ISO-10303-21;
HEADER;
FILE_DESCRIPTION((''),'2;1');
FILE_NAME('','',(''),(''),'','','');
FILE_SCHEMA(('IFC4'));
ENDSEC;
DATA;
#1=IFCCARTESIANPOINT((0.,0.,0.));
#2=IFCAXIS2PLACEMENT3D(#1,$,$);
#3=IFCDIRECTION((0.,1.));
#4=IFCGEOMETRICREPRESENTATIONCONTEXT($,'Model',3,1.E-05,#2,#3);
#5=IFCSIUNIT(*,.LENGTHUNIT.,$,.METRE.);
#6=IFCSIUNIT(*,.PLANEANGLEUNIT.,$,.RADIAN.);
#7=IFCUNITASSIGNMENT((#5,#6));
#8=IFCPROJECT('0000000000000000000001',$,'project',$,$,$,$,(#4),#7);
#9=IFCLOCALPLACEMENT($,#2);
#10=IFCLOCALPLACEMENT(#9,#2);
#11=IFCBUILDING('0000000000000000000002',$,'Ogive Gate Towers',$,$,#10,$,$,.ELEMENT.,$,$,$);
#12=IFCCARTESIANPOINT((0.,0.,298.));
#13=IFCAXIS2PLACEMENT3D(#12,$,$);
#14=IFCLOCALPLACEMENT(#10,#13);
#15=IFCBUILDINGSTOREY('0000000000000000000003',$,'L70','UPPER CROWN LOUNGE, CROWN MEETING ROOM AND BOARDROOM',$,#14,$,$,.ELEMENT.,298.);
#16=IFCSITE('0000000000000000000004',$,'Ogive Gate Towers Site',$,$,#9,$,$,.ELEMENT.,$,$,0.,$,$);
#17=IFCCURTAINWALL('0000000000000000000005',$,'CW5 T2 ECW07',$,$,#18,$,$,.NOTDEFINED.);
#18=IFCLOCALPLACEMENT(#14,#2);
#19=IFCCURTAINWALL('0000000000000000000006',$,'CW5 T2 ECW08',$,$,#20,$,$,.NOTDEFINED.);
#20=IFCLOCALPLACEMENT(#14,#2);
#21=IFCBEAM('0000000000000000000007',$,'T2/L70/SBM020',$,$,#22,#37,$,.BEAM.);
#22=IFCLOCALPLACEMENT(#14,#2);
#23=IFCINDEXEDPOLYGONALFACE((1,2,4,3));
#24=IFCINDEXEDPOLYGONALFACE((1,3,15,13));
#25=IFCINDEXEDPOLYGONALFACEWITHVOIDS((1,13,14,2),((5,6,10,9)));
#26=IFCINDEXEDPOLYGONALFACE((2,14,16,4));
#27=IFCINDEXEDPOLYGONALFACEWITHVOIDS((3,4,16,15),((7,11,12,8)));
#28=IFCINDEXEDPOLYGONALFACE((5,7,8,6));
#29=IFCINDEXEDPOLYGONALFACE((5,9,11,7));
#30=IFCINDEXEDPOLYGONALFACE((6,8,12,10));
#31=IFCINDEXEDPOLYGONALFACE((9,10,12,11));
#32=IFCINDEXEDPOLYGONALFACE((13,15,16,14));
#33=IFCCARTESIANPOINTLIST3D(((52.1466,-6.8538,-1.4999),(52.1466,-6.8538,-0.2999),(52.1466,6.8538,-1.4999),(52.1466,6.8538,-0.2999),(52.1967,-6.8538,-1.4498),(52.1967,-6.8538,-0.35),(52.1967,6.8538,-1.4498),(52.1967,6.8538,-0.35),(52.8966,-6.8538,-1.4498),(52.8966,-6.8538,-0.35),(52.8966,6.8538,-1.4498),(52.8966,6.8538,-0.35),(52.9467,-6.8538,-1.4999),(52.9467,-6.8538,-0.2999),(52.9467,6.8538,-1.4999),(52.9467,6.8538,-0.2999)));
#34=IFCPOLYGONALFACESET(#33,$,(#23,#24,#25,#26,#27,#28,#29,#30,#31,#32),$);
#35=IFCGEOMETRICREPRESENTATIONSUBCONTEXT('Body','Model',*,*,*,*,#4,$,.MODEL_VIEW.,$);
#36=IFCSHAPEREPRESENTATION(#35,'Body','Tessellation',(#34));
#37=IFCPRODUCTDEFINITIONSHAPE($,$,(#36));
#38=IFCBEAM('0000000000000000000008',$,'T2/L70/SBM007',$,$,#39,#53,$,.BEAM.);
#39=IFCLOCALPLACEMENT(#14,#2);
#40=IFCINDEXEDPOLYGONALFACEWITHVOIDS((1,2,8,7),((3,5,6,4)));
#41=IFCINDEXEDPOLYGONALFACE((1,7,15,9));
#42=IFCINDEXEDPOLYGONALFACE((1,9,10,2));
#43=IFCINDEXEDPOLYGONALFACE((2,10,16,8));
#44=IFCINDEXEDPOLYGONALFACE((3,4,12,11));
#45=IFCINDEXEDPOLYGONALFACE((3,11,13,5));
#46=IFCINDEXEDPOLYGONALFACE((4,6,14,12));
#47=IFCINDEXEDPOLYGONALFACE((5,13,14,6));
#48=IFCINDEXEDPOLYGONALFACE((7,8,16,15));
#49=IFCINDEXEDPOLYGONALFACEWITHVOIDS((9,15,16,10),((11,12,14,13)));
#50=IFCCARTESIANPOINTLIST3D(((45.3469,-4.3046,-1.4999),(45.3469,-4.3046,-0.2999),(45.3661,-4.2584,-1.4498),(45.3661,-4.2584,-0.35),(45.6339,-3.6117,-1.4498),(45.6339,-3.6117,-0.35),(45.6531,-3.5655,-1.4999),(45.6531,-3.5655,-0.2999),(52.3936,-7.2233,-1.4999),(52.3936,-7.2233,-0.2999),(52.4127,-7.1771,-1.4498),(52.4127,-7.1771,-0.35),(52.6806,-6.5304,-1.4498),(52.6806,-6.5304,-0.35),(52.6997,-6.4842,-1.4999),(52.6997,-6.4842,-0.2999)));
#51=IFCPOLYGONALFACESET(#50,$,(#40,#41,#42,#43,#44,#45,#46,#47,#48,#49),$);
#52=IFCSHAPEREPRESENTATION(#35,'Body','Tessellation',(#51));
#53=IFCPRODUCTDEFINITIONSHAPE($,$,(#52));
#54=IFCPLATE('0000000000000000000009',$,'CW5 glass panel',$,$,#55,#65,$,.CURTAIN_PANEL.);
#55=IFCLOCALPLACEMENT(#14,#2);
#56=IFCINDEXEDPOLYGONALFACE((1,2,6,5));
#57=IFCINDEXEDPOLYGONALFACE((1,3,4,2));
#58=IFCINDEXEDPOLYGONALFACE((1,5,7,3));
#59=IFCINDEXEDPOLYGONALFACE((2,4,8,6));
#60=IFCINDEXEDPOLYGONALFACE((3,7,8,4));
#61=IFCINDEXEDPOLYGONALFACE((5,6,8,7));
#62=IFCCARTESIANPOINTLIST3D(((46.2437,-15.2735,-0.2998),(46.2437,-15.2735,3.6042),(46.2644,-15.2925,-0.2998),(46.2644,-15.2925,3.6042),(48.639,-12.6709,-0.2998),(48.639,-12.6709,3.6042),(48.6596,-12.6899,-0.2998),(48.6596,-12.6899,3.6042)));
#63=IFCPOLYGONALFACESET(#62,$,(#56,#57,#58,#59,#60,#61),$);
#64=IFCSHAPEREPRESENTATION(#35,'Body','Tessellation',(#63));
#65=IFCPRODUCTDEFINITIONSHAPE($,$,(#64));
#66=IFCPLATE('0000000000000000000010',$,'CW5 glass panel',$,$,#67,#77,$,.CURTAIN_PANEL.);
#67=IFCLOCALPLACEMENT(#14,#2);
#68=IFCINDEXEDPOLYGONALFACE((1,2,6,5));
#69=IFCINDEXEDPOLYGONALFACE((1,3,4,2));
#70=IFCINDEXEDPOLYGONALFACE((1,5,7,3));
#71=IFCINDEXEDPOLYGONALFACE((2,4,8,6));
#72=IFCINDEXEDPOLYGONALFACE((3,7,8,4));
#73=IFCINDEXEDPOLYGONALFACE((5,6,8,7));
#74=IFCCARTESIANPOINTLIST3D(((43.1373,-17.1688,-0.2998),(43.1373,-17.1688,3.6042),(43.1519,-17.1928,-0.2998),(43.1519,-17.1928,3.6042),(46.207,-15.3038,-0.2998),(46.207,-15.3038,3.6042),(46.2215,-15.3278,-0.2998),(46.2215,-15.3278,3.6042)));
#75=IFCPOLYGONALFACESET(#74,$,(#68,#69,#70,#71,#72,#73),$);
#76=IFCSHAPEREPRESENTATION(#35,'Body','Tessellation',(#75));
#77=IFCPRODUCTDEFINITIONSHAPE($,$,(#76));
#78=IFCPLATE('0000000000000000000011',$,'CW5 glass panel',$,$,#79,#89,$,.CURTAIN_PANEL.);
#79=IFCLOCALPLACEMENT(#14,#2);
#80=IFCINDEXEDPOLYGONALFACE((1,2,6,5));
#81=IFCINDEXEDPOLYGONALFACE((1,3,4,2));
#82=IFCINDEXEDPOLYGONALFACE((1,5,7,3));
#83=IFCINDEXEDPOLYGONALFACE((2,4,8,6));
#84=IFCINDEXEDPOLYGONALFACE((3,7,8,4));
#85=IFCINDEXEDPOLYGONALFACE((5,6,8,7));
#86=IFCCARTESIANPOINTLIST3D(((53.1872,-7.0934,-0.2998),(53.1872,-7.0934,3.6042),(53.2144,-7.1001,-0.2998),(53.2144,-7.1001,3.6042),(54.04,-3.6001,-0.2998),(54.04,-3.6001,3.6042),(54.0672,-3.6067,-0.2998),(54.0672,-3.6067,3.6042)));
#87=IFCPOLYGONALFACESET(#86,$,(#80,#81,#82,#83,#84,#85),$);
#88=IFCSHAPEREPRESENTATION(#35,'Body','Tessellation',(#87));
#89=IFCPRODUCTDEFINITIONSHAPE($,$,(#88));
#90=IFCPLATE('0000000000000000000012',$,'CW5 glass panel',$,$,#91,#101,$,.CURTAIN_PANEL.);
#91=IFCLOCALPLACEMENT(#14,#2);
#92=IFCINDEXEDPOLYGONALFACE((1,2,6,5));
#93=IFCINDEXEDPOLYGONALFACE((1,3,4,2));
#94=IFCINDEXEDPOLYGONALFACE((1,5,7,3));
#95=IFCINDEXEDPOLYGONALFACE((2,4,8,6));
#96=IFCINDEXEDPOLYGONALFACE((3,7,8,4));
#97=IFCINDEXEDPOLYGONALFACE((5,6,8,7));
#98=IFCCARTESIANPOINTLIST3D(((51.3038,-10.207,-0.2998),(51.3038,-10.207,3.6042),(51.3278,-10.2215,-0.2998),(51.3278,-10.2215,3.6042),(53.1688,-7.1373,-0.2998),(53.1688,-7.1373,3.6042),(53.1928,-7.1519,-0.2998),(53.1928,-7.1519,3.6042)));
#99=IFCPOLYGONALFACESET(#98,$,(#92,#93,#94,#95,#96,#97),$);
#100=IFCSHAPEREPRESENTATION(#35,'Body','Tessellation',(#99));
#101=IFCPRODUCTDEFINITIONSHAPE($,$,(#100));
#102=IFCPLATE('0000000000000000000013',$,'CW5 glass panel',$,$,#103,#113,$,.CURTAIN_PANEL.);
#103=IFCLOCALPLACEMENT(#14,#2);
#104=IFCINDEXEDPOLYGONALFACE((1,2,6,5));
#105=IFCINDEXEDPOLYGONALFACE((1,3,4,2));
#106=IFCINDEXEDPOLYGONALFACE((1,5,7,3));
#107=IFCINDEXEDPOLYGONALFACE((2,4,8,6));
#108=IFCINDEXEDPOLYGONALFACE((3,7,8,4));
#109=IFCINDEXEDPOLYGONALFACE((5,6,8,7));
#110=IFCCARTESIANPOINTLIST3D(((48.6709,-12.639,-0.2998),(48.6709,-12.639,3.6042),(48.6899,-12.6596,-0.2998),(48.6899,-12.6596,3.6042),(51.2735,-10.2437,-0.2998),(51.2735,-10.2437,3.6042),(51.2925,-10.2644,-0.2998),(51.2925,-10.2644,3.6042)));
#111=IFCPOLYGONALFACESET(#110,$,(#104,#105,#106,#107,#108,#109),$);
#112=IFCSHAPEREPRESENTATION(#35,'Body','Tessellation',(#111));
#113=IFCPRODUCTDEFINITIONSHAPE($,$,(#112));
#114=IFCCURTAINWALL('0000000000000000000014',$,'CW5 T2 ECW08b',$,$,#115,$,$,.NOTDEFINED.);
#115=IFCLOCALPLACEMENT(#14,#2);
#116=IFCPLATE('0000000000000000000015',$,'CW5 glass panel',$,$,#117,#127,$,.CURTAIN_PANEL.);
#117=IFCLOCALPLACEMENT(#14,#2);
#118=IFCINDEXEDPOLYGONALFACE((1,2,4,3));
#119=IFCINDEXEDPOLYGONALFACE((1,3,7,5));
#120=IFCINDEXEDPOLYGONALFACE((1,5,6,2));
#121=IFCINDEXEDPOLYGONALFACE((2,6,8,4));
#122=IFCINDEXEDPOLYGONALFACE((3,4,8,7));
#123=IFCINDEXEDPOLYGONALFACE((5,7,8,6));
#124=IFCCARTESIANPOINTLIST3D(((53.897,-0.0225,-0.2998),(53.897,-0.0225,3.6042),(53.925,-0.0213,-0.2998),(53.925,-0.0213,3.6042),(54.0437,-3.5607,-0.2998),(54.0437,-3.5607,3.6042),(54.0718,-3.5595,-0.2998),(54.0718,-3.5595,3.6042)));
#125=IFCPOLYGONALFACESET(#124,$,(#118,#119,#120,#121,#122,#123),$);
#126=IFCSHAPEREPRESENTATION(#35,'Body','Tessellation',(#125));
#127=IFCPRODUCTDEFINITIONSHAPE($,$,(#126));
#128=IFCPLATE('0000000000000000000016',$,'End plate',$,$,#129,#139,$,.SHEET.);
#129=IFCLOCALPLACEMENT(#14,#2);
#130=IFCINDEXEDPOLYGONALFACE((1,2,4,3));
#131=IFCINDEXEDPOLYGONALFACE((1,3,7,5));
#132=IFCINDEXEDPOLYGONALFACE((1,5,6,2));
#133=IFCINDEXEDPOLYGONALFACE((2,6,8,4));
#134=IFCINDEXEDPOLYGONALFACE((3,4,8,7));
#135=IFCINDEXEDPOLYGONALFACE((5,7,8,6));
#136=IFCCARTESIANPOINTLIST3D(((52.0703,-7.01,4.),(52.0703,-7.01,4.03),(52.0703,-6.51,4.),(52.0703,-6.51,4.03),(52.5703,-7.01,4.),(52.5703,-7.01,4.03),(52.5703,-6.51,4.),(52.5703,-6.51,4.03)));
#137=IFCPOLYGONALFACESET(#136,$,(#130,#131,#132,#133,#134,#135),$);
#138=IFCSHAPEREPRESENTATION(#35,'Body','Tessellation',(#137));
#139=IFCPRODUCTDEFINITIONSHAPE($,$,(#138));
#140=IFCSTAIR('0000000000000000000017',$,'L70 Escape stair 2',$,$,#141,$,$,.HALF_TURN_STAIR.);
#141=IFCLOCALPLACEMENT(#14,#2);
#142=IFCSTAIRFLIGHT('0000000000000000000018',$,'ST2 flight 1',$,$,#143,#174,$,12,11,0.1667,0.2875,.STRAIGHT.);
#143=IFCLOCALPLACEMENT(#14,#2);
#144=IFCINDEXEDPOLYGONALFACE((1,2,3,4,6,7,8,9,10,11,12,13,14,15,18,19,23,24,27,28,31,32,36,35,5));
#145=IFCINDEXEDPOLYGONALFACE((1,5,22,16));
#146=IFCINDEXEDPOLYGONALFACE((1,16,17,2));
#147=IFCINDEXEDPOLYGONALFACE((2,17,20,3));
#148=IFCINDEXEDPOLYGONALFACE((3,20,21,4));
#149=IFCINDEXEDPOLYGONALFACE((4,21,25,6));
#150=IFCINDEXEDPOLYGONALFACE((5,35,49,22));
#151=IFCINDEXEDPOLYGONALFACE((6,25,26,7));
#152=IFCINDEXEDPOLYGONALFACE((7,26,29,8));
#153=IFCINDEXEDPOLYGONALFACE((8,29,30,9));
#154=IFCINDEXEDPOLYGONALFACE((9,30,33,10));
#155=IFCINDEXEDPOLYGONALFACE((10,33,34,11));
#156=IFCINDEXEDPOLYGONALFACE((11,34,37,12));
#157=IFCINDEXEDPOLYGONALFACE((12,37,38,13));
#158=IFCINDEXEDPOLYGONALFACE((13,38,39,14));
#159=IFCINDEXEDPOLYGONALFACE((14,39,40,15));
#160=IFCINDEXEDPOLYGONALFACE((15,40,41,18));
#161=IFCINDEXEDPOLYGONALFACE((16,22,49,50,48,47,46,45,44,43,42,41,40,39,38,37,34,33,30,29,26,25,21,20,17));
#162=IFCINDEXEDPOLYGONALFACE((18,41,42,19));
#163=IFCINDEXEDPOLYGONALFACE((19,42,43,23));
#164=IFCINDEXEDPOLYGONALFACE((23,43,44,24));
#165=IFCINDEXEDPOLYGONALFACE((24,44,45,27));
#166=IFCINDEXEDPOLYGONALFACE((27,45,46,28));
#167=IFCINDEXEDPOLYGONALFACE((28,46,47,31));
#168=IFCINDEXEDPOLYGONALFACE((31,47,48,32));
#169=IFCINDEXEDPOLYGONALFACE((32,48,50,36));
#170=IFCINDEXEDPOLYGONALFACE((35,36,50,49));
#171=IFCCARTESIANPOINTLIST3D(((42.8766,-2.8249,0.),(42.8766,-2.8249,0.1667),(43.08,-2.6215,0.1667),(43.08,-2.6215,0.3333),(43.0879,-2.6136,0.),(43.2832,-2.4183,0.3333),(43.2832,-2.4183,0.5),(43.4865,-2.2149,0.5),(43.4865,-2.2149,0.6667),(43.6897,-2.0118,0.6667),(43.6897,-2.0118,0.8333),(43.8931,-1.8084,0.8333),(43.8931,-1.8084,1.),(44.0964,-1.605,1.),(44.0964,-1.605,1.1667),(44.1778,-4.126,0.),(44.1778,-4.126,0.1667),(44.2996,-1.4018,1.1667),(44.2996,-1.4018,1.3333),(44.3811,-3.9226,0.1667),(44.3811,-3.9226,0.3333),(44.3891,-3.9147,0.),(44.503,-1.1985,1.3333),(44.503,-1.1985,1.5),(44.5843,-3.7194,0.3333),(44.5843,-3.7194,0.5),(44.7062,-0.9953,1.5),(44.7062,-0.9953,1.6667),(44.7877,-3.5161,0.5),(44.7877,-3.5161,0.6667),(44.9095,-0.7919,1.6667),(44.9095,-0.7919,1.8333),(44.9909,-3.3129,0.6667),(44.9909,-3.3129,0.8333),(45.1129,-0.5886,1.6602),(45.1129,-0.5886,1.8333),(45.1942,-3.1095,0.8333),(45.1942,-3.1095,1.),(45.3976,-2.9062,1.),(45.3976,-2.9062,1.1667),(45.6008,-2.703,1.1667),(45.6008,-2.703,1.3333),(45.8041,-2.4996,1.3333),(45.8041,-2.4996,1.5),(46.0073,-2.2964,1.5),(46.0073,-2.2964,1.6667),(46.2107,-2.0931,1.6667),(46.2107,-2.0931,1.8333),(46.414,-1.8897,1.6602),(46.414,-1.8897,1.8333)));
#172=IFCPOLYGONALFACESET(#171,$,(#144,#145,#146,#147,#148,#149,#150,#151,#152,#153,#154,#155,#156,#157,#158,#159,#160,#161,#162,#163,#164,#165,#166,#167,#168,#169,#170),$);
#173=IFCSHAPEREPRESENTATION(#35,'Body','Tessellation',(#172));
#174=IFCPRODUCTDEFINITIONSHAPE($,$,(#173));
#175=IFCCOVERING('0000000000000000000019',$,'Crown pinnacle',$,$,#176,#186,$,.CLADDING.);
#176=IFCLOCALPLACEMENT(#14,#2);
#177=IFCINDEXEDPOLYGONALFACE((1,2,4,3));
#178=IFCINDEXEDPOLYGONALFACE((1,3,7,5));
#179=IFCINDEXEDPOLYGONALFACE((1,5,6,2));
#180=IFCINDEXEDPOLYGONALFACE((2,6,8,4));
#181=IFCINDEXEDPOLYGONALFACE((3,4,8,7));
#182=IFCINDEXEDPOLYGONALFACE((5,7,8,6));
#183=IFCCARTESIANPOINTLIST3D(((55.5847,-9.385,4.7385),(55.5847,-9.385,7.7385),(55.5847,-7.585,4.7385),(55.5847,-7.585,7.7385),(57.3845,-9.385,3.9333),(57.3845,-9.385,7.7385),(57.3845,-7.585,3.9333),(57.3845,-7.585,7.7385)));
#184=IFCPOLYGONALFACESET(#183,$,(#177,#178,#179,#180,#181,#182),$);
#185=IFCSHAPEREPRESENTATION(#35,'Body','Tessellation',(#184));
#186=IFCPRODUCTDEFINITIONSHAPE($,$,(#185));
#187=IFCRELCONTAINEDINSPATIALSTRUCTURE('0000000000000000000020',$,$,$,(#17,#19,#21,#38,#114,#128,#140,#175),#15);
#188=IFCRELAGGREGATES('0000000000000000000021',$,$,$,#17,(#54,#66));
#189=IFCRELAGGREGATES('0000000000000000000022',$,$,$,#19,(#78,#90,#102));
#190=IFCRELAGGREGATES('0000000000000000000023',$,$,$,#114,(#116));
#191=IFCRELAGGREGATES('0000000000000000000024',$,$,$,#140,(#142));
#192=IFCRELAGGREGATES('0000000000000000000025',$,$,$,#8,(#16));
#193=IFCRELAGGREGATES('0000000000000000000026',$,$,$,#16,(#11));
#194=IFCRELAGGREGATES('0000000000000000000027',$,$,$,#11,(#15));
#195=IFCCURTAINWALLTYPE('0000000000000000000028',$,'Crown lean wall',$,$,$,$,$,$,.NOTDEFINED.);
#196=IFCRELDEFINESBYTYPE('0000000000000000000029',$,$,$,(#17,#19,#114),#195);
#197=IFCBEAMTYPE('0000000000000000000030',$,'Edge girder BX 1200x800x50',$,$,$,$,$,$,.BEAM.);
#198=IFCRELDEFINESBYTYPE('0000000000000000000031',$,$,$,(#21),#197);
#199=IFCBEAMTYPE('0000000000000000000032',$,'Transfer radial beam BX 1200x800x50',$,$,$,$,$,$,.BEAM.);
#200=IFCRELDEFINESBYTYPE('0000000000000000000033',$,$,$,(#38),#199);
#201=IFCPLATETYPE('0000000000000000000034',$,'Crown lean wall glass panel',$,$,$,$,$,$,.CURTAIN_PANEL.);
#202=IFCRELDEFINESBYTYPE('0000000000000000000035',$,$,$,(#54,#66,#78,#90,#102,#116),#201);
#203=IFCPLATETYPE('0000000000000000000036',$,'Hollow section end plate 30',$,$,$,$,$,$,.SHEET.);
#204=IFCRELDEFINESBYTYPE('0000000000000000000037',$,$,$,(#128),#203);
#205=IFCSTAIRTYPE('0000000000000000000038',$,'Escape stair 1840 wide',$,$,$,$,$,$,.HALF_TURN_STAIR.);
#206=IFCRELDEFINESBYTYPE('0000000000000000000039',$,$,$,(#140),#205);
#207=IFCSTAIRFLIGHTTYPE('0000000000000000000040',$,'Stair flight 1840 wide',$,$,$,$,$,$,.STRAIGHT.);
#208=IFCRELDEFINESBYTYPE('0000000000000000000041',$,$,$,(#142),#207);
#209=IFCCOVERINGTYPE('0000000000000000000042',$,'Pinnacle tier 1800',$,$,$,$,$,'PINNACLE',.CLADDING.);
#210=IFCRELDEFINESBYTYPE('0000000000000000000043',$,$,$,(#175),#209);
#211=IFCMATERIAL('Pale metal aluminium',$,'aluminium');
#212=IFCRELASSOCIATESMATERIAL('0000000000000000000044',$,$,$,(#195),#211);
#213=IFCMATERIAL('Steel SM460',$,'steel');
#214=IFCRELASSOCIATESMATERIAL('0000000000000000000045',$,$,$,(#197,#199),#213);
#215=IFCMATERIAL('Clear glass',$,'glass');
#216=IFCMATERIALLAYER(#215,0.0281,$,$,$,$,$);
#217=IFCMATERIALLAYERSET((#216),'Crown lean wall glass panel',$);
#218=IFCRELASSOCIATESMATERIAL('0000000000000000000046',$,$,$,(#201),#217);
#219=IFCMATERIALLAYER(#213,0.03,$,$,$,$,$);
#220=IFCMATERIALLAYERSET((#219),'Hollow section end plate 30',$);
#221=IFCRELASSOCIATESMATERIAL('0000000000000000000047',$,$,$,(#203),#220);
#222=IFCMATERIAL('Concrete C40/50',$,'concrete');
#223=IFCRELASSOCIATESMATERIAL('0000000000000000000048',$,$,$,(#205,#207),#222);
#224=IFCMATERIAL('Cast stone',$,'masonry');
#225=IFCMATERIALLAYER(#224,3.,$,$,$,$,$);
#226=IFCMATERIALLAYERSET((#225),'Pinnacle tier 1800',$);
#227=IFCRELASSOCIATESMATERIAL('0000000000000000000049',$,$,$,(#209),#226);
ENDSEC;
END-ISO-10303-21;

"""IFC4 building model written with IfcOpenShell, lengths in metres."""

from ifc_helpers import new_model, si_unit, direction, frame, origin, origin_2d, place, context, subcontext, project, spatial, polyline, rectangle, hollow_rectangle, outline, extrude, material, layer, layer_set, material_profile, profile_set, type_object, element, aggregate, save


model = new_model("IFC4")

# Units and contexts
model_context = context("Model", 3, precision=1e-05, world=origin(), true_north=direction((0.0, 1.0)))
body_context = subcontext(model_context, "Body", "Model", "MODEL_VIEW")
ifc_project = project(units=[si_unit("LENGTHUNIT", "METRE"), si_unit("PLANEANGLEUNIT", "RADIAN")], contexts=[model_context])

# Site, building, storey
site_placement = place(None, origin())
site = spatial("IfcSite", under=ifc_project, at=site_placement, Name="Ogive Gate Towers Site", CompositionType="ELEMENT", RefElevation=0.0)
building_placement = place(site_placement, origin())
building = spatial("IfcBuilding", under=site, at=building_placement, Name="Ogive Gate Towers", CompositionType="ELEMENT")
storey_placement = place(building_placement, frame((0.0, 0.0, 298.0)))
storey = spatial("IfcBuildingStorey", under=building, at=storey_placement, Name="L70", Description="UPPER CROWN LOUNGE, CROWN MEETING ROOM AND BOARDROOM", CompositionType="ELEMENT", Elevation=298.0)

# Shared definitions
ifc_material_1 = material(Name="Steel SM460", Category="steel")

# Curtain walls
ifc_material_2 = material(Name="Pale metal aluminium", Category="aluminium")
curtain_wall_type = type_object("IfcCurtainWallType", Name="Crown lean wall", PredefinedType="NOTDEFINED", material=ifc_material_2)
curtain_wall_1_placement = place(storey_placement, origin())
curtain_wall_1 = element("IfcCurtainWall", 1, at=curtain_wall_1_placement, inside=storey, type_object=curtain_wall_type, Name="CW5 T2 ECW07", PredefinedType="NOTDEFINED")
curtain_wall_2_placement = place(storey_placement, origin())
curtain_wall_2 = element("IfcCurtainWall", 2, at=curtain_wall_2_placement, inside=storey, type_object=curtain_wall_type, Name="CW5 T2 ECW08", PredefinedType="NOTDEFINED")

# Beams
ifc_material_profile_1 = material_profile(ifc_material_1, hollow_rectangle(XDim=0.8, YDim=1.2, WallThickness=0.05, at=origin_2d()), Name="BX 1200x800x50")
ifc_profile_set_1 = profile_set([ifc_material_profile_1], Name="Steel SM460")
beam_type_1 = type_object("IfcBeamType", Name="Edge girder BX 1200x800x50", PredefinedType="BEAM", material=ifc_profile_set_1)
beam_1_placement = place(storey_placement, frame((52.5466, -6.8538, -0.8999), z_axis=(0.0, 1.0, 0.0), x_axis=(-1.0, 0.0, 0.0)))
element("IfcBeam", 3, at=beam_1_placement, inside=storey, type_object=beam_type_1, Name="T2/L70/SBM020", PredefinedType="BEAM", context=body_context, shape_type="SweptSolid", body=[
    extrude(hollow_rectangle(XDim=0.8, YDim=1.2, WallThickness=0.05, at=origin_2d()), origin(), (0.0, 0.0, 1.0), 13.7075),
])
ifc_material_profile_2 = material_profile(ifc_material_1, hollow_rectangle(XDim=0.8, YDim=1.2, WallThickness=0.05, at=origin_2d()), Name="BX 1200x800x50")
ifc_profile_set_2 = profile_set([ifc_material_profile_2], Name="Steel SM460")
beam_type_2 = type_object("IfcBeamType", Name="Transfer radial beam BX 1200x800x50", PredefinedType="BEAM", material=ifc_profile_set_2)
beam_2_placement = place(storey_placement, frame((45.5, -3.9351, -0.8999), z_axis=(0.923885, -0.382671, 0.0), x_axis=(0.382671, 0.923885, 0.0)))
element("IfcBeam", 4, at=beam_2_placement, inside=storey, type_object=beam_type_2, Name="T2/L70/SBM007", PredefinedType="BEAM", context=body_context, shape_type="SweptSolid", body=[
    extrude(hollow_rectangle(XDim=0.8, YDim=1.2, WallThickness=0.05, at=origin_2d()), origin(), (0.0, 0.0, 1.0), 7.6272),
])

# Plates
ifc_material_3 = material(Name="Clear glass", Category="glass")
ifc_layer_1 = layer(ifc_material_3, 0.0281)
ifc_layer_set_1 = layer_set([ifc_layer_1], Name="Crown lean wall glass panel")
plate_type_1 = type_object("IfcPlateType", Name="Crown lean wall glass panel", PredefinedType="CURTAIN_PANEL", material=ifc_layer_set_1)
plate_1_placement = place(storey_placement, frame((47.4517, -13.9817, -0.2998), z_axis=(0.0, 0.0, 1.0), x_axis=(-0.677184, -0.735813, 0.0)))
plate_1 = element("IfcPlate", 5, at=plate_1_placement, type_object=plate_type_1, Name="CW5 glass panel", PredefinedType="CURTAIN_PANEL", context=body_context, shape_type="SweptSolid", body=[
    extrude(rectangle(XDim=3.5371, YDim=0.0281, at=origin_2d()), origin(), (0.0, 0.0, 1.0), 3.9041),
])
plate_2_placement = place(storey_placement, frame((44.6794, -16.2483, -0.2998), z_axis=(0.0, 0.0, 1.0), x_axis=(-0.854622, -0.519251, 0.0)))
plate_2 = element("IfcPlate", 6, at=plate_2_placement, type_object=plate_type_1, Name="CW5 glass panel", PredefinedType="CURTAIN_PANEL", context=body_context, shape_type="SweptSolid", body=[
    extrude(rectangle(XDim=3.5918, YDim=0.0281, at=origin_2d()), origin(), (0.0, 0.0, 1.0), 3.9041),
])
aggregate(curtain_wall_1, [plate_1, plate_2])
plate_3_placement = place(storey_placement, frame((53.6272, -5.3501, -0.2998), z_axis=(0.0, 0.0, 1.0), x_axis=(-0.23716, -0.971471, 0.0)))
plate_3 = element("IfcPlate", 7, at=plate_3_placement, type_object=plate_type_1, Name="CW5 glass panel", PredefinedType="CURTAIN_PANEL", context=body_context, shape_type="SweptSolid", body=[
    extrude(rectangle(XDim=3.5959, YDim=0.0281, at=origin_2d()), origin(), (0.0, 0.0, 1.0), 3.9041),
])
plate_4_placement = place(storey_placement, frame((52.2483, -8.6794, -0.2998), z_axis=(0.0, 0.0, 1.0), x_axis=(-0.519251, -0.854622, 0.0)))
plate_4 = element("IfcPlate", 8, at=plate_4_placement, type_object=plate_type_1, Name="CW5 glass panel", PredefinedType="CURTAIN_PANEL", context=body_context, shape_type="SweptSolid", body=[
    extrude(rectangle(XDim=3.5918, YDim=0.0281, at=origin_2d()), origin(), (0.0, 0.0, 1.0), 3.9041),
])
plate_5_placement = place(storey_placement, frame((49.9817, -11.4517, -0.2998), z_axis=(0.0, 0.0, 1.0), x_axis=(-0.735813, -0.677184, 0.0)))
plate_5 = element("IfcPlate", 9, at=plate_5_placement, type_object=plate_type_1, Name="CW5 glass panel", PredefinedType="CURTAIN_PANEL", context=body_context, shape_type="SweptSolid", body=[
    extrude(rectangle(XDim=3.5371, YDim=0.0281, at=origin_2d()), origin(), (0.0, 0.0, 1.0), 3.9041),
])
aggregate(curtain_wall_2, [plate_3, plate_4, plate_5])

# Curtain wall, plate
curtain_wall_3_placement = place(storey_placement, origin())
curtain_wall_3 = element("IfcCurtainWall", 10, at=curtain_wall_3_placement, inside=storey, type_object=curtain_wall_type, Name="CW5 T2 ECW08b", PredefinedType="NOTDEFINED")
plate_6_placement = place(storey_placement, frame((53.9844, -1.791, -0.2998), z_axis=(0.0, 0.0, 1.0), x_axis=(0.04144, -0.999141, 0.0)))
plate_6 = element("IfcPlate", 11, at=plate_6_placement, type_object=plate_type_1, Name="CW5 glass panel", PredefinedType="CURTAIN_PANEL", context=body_context, shape_type="SweptSolid", body=[
    extrude(rectangle(XDim=3.5413, YDim=0.0281, at=origin_2d()), origin(), (0.0, 0.0, 1.0), 3.9041),
])
aggregate(curtain_wall_3, [plate_6])

# Plate
ifc_layer_2 = layer(ifc_material_1, 0.03)
ifc_layer_set_2 = layer_set([ifc_layer_2], Name="Hollow section end plate 30")
plate_type_2 = type_object("IfcPlateType", Name="Hollow section end plate 30", PredefinedType="SHEET", material=ifc_layer_set_2)
plate_7_placement = place(storey_placement, frame((52.0703, -7.01, 4.03), z_axis=(0.0, 0.0, 1.0), x_axis=(1.0, 0.0, 0.0)))
element("IfcPlate", 12, at=plate_7_placement, inside=storey, type_object=plate_type_2, Name="End plate", PredefinedType="SHEET", context=body_context, shape_type="SweptSolid", body=[
    extrude(outline(polyline([(0.0, 0.0), (0.5, 0.0), (0.5, 0.5), (0.0, 0.5), (0.0, 0.0)])), origin(), (0.0, 0.0, -1.0), 0.03),
])

# Stair, stair flight
ifc_material_4 = material(Name="Concrete C40/50", Category="concrete")
stair_type = type_object("IfcStairType", Name="Escape stair 1840 wide", PredefinedType="HALF_TURN_STAIR", material=ifc_material_4)
stair_placement = place(storey_placement, origin())
stair = element("IfcStair", 13, at=stair_placement, inside=storey, type_object=stair_type, Name="L70 Escape stair 2", PredefinedType="HALF_TURN_STAIR")
stair_flight_type = type_object("IfcStairFlightType", Name="Stair flight 1840 wide", PredefinedType="STRAIGHT", material=ifc_material_4)
stair_flight_placement = place(storey_placement, frame((43.5271, -3.4753, 0.0), z_axis=(0.0, 0.0, 1.0), x_axis=(0.707107, 0.707107, 0.0)))
stair_flight = element("IfcStairFlight", 14, at=stair_flight_placement, type_object=stair_flight_type, Name="ST2 flight 1", NumberOfRisers=12, NumberOfTreads=11, PredefinedType="STRAIGHT", RiserHeight=0.1667, TreadLength=0.2875, context=body_context, shape_type="SweptSolid", body=[
    extrude(outline(polyline([(0.0, 0.0), (0.0, 0.1667), (0.2876, 0.1667), (0.2876, 0.3333), (0.575, 0.3333), (0.575, 0.5), (0.8625, 0.5), (0.8625, 0.6667), (1.1499, 0.6667), (1.1499, 0.8333), (1.4375, 0.8333), (1.4375, 1.0), (1.7251, 1.0), (1.7251, 1.1667), (2.0125, 1.1667), (2.0125, 1.3333), (2.3, 1.3333), (2.3, 1.5), (2.5874, 1.5), (2.5874, 1.6667), (2.875, 1.6667), (2.875, 1.8333), (3.1626, 1.8333), (3.1626, 2.0), (3.1626, 1.6602), (0.2988, 0.0), (0.0, 0.0)])), frame((0.0, 0.9199, 0.0), z_axis=(0.0, -1.0, 0.0), x_axis=(1.0, 0.0, 0.0)), (0.0, 0.0, 1.0), 1.8401),
])
aggregate(stair, [stair_flight])

# Covering
ifc_material_5 = material(Name="Cast stone", Category="masonry")
ifc_layer_3 = layer(ifc_material_5, 3.0)
ifc_layer_set_3 = layer_set([ifc_layer_3], Name="Pinnacle tier 1800")
covering_type = type_object("IfcCoveringType", Name="Pinnacle tier 1800", ElementType="PINNACLE", PredefinedType="CLADDING", material=ifc_layer_set_3)
covering_placement = place(storey_placement, frame((56.4846, -7.585, 4.3359), z_axis=(0.0, -1.0, 0.0), x_axis=(1.0, 0.0, 0.0)))
element("IfcCovering", 15, at=covering_placement, inside=storey, type_object=covering_type, Name="Crown pinnacle", PredefinedType="CLADDING", context=body_context, shape_type="SweptSolid", body=[
    extrude(outline(polyline([(0.8999, -0.4026), (-0.8999, 0.4026), (-0.8999, 3.4026), (0.8999, 3.4026), (0.8999, -0.4026)])), origin(), (0.0, 0.0, 1.0), 1.8),
])

save(model, "model.ifc")
